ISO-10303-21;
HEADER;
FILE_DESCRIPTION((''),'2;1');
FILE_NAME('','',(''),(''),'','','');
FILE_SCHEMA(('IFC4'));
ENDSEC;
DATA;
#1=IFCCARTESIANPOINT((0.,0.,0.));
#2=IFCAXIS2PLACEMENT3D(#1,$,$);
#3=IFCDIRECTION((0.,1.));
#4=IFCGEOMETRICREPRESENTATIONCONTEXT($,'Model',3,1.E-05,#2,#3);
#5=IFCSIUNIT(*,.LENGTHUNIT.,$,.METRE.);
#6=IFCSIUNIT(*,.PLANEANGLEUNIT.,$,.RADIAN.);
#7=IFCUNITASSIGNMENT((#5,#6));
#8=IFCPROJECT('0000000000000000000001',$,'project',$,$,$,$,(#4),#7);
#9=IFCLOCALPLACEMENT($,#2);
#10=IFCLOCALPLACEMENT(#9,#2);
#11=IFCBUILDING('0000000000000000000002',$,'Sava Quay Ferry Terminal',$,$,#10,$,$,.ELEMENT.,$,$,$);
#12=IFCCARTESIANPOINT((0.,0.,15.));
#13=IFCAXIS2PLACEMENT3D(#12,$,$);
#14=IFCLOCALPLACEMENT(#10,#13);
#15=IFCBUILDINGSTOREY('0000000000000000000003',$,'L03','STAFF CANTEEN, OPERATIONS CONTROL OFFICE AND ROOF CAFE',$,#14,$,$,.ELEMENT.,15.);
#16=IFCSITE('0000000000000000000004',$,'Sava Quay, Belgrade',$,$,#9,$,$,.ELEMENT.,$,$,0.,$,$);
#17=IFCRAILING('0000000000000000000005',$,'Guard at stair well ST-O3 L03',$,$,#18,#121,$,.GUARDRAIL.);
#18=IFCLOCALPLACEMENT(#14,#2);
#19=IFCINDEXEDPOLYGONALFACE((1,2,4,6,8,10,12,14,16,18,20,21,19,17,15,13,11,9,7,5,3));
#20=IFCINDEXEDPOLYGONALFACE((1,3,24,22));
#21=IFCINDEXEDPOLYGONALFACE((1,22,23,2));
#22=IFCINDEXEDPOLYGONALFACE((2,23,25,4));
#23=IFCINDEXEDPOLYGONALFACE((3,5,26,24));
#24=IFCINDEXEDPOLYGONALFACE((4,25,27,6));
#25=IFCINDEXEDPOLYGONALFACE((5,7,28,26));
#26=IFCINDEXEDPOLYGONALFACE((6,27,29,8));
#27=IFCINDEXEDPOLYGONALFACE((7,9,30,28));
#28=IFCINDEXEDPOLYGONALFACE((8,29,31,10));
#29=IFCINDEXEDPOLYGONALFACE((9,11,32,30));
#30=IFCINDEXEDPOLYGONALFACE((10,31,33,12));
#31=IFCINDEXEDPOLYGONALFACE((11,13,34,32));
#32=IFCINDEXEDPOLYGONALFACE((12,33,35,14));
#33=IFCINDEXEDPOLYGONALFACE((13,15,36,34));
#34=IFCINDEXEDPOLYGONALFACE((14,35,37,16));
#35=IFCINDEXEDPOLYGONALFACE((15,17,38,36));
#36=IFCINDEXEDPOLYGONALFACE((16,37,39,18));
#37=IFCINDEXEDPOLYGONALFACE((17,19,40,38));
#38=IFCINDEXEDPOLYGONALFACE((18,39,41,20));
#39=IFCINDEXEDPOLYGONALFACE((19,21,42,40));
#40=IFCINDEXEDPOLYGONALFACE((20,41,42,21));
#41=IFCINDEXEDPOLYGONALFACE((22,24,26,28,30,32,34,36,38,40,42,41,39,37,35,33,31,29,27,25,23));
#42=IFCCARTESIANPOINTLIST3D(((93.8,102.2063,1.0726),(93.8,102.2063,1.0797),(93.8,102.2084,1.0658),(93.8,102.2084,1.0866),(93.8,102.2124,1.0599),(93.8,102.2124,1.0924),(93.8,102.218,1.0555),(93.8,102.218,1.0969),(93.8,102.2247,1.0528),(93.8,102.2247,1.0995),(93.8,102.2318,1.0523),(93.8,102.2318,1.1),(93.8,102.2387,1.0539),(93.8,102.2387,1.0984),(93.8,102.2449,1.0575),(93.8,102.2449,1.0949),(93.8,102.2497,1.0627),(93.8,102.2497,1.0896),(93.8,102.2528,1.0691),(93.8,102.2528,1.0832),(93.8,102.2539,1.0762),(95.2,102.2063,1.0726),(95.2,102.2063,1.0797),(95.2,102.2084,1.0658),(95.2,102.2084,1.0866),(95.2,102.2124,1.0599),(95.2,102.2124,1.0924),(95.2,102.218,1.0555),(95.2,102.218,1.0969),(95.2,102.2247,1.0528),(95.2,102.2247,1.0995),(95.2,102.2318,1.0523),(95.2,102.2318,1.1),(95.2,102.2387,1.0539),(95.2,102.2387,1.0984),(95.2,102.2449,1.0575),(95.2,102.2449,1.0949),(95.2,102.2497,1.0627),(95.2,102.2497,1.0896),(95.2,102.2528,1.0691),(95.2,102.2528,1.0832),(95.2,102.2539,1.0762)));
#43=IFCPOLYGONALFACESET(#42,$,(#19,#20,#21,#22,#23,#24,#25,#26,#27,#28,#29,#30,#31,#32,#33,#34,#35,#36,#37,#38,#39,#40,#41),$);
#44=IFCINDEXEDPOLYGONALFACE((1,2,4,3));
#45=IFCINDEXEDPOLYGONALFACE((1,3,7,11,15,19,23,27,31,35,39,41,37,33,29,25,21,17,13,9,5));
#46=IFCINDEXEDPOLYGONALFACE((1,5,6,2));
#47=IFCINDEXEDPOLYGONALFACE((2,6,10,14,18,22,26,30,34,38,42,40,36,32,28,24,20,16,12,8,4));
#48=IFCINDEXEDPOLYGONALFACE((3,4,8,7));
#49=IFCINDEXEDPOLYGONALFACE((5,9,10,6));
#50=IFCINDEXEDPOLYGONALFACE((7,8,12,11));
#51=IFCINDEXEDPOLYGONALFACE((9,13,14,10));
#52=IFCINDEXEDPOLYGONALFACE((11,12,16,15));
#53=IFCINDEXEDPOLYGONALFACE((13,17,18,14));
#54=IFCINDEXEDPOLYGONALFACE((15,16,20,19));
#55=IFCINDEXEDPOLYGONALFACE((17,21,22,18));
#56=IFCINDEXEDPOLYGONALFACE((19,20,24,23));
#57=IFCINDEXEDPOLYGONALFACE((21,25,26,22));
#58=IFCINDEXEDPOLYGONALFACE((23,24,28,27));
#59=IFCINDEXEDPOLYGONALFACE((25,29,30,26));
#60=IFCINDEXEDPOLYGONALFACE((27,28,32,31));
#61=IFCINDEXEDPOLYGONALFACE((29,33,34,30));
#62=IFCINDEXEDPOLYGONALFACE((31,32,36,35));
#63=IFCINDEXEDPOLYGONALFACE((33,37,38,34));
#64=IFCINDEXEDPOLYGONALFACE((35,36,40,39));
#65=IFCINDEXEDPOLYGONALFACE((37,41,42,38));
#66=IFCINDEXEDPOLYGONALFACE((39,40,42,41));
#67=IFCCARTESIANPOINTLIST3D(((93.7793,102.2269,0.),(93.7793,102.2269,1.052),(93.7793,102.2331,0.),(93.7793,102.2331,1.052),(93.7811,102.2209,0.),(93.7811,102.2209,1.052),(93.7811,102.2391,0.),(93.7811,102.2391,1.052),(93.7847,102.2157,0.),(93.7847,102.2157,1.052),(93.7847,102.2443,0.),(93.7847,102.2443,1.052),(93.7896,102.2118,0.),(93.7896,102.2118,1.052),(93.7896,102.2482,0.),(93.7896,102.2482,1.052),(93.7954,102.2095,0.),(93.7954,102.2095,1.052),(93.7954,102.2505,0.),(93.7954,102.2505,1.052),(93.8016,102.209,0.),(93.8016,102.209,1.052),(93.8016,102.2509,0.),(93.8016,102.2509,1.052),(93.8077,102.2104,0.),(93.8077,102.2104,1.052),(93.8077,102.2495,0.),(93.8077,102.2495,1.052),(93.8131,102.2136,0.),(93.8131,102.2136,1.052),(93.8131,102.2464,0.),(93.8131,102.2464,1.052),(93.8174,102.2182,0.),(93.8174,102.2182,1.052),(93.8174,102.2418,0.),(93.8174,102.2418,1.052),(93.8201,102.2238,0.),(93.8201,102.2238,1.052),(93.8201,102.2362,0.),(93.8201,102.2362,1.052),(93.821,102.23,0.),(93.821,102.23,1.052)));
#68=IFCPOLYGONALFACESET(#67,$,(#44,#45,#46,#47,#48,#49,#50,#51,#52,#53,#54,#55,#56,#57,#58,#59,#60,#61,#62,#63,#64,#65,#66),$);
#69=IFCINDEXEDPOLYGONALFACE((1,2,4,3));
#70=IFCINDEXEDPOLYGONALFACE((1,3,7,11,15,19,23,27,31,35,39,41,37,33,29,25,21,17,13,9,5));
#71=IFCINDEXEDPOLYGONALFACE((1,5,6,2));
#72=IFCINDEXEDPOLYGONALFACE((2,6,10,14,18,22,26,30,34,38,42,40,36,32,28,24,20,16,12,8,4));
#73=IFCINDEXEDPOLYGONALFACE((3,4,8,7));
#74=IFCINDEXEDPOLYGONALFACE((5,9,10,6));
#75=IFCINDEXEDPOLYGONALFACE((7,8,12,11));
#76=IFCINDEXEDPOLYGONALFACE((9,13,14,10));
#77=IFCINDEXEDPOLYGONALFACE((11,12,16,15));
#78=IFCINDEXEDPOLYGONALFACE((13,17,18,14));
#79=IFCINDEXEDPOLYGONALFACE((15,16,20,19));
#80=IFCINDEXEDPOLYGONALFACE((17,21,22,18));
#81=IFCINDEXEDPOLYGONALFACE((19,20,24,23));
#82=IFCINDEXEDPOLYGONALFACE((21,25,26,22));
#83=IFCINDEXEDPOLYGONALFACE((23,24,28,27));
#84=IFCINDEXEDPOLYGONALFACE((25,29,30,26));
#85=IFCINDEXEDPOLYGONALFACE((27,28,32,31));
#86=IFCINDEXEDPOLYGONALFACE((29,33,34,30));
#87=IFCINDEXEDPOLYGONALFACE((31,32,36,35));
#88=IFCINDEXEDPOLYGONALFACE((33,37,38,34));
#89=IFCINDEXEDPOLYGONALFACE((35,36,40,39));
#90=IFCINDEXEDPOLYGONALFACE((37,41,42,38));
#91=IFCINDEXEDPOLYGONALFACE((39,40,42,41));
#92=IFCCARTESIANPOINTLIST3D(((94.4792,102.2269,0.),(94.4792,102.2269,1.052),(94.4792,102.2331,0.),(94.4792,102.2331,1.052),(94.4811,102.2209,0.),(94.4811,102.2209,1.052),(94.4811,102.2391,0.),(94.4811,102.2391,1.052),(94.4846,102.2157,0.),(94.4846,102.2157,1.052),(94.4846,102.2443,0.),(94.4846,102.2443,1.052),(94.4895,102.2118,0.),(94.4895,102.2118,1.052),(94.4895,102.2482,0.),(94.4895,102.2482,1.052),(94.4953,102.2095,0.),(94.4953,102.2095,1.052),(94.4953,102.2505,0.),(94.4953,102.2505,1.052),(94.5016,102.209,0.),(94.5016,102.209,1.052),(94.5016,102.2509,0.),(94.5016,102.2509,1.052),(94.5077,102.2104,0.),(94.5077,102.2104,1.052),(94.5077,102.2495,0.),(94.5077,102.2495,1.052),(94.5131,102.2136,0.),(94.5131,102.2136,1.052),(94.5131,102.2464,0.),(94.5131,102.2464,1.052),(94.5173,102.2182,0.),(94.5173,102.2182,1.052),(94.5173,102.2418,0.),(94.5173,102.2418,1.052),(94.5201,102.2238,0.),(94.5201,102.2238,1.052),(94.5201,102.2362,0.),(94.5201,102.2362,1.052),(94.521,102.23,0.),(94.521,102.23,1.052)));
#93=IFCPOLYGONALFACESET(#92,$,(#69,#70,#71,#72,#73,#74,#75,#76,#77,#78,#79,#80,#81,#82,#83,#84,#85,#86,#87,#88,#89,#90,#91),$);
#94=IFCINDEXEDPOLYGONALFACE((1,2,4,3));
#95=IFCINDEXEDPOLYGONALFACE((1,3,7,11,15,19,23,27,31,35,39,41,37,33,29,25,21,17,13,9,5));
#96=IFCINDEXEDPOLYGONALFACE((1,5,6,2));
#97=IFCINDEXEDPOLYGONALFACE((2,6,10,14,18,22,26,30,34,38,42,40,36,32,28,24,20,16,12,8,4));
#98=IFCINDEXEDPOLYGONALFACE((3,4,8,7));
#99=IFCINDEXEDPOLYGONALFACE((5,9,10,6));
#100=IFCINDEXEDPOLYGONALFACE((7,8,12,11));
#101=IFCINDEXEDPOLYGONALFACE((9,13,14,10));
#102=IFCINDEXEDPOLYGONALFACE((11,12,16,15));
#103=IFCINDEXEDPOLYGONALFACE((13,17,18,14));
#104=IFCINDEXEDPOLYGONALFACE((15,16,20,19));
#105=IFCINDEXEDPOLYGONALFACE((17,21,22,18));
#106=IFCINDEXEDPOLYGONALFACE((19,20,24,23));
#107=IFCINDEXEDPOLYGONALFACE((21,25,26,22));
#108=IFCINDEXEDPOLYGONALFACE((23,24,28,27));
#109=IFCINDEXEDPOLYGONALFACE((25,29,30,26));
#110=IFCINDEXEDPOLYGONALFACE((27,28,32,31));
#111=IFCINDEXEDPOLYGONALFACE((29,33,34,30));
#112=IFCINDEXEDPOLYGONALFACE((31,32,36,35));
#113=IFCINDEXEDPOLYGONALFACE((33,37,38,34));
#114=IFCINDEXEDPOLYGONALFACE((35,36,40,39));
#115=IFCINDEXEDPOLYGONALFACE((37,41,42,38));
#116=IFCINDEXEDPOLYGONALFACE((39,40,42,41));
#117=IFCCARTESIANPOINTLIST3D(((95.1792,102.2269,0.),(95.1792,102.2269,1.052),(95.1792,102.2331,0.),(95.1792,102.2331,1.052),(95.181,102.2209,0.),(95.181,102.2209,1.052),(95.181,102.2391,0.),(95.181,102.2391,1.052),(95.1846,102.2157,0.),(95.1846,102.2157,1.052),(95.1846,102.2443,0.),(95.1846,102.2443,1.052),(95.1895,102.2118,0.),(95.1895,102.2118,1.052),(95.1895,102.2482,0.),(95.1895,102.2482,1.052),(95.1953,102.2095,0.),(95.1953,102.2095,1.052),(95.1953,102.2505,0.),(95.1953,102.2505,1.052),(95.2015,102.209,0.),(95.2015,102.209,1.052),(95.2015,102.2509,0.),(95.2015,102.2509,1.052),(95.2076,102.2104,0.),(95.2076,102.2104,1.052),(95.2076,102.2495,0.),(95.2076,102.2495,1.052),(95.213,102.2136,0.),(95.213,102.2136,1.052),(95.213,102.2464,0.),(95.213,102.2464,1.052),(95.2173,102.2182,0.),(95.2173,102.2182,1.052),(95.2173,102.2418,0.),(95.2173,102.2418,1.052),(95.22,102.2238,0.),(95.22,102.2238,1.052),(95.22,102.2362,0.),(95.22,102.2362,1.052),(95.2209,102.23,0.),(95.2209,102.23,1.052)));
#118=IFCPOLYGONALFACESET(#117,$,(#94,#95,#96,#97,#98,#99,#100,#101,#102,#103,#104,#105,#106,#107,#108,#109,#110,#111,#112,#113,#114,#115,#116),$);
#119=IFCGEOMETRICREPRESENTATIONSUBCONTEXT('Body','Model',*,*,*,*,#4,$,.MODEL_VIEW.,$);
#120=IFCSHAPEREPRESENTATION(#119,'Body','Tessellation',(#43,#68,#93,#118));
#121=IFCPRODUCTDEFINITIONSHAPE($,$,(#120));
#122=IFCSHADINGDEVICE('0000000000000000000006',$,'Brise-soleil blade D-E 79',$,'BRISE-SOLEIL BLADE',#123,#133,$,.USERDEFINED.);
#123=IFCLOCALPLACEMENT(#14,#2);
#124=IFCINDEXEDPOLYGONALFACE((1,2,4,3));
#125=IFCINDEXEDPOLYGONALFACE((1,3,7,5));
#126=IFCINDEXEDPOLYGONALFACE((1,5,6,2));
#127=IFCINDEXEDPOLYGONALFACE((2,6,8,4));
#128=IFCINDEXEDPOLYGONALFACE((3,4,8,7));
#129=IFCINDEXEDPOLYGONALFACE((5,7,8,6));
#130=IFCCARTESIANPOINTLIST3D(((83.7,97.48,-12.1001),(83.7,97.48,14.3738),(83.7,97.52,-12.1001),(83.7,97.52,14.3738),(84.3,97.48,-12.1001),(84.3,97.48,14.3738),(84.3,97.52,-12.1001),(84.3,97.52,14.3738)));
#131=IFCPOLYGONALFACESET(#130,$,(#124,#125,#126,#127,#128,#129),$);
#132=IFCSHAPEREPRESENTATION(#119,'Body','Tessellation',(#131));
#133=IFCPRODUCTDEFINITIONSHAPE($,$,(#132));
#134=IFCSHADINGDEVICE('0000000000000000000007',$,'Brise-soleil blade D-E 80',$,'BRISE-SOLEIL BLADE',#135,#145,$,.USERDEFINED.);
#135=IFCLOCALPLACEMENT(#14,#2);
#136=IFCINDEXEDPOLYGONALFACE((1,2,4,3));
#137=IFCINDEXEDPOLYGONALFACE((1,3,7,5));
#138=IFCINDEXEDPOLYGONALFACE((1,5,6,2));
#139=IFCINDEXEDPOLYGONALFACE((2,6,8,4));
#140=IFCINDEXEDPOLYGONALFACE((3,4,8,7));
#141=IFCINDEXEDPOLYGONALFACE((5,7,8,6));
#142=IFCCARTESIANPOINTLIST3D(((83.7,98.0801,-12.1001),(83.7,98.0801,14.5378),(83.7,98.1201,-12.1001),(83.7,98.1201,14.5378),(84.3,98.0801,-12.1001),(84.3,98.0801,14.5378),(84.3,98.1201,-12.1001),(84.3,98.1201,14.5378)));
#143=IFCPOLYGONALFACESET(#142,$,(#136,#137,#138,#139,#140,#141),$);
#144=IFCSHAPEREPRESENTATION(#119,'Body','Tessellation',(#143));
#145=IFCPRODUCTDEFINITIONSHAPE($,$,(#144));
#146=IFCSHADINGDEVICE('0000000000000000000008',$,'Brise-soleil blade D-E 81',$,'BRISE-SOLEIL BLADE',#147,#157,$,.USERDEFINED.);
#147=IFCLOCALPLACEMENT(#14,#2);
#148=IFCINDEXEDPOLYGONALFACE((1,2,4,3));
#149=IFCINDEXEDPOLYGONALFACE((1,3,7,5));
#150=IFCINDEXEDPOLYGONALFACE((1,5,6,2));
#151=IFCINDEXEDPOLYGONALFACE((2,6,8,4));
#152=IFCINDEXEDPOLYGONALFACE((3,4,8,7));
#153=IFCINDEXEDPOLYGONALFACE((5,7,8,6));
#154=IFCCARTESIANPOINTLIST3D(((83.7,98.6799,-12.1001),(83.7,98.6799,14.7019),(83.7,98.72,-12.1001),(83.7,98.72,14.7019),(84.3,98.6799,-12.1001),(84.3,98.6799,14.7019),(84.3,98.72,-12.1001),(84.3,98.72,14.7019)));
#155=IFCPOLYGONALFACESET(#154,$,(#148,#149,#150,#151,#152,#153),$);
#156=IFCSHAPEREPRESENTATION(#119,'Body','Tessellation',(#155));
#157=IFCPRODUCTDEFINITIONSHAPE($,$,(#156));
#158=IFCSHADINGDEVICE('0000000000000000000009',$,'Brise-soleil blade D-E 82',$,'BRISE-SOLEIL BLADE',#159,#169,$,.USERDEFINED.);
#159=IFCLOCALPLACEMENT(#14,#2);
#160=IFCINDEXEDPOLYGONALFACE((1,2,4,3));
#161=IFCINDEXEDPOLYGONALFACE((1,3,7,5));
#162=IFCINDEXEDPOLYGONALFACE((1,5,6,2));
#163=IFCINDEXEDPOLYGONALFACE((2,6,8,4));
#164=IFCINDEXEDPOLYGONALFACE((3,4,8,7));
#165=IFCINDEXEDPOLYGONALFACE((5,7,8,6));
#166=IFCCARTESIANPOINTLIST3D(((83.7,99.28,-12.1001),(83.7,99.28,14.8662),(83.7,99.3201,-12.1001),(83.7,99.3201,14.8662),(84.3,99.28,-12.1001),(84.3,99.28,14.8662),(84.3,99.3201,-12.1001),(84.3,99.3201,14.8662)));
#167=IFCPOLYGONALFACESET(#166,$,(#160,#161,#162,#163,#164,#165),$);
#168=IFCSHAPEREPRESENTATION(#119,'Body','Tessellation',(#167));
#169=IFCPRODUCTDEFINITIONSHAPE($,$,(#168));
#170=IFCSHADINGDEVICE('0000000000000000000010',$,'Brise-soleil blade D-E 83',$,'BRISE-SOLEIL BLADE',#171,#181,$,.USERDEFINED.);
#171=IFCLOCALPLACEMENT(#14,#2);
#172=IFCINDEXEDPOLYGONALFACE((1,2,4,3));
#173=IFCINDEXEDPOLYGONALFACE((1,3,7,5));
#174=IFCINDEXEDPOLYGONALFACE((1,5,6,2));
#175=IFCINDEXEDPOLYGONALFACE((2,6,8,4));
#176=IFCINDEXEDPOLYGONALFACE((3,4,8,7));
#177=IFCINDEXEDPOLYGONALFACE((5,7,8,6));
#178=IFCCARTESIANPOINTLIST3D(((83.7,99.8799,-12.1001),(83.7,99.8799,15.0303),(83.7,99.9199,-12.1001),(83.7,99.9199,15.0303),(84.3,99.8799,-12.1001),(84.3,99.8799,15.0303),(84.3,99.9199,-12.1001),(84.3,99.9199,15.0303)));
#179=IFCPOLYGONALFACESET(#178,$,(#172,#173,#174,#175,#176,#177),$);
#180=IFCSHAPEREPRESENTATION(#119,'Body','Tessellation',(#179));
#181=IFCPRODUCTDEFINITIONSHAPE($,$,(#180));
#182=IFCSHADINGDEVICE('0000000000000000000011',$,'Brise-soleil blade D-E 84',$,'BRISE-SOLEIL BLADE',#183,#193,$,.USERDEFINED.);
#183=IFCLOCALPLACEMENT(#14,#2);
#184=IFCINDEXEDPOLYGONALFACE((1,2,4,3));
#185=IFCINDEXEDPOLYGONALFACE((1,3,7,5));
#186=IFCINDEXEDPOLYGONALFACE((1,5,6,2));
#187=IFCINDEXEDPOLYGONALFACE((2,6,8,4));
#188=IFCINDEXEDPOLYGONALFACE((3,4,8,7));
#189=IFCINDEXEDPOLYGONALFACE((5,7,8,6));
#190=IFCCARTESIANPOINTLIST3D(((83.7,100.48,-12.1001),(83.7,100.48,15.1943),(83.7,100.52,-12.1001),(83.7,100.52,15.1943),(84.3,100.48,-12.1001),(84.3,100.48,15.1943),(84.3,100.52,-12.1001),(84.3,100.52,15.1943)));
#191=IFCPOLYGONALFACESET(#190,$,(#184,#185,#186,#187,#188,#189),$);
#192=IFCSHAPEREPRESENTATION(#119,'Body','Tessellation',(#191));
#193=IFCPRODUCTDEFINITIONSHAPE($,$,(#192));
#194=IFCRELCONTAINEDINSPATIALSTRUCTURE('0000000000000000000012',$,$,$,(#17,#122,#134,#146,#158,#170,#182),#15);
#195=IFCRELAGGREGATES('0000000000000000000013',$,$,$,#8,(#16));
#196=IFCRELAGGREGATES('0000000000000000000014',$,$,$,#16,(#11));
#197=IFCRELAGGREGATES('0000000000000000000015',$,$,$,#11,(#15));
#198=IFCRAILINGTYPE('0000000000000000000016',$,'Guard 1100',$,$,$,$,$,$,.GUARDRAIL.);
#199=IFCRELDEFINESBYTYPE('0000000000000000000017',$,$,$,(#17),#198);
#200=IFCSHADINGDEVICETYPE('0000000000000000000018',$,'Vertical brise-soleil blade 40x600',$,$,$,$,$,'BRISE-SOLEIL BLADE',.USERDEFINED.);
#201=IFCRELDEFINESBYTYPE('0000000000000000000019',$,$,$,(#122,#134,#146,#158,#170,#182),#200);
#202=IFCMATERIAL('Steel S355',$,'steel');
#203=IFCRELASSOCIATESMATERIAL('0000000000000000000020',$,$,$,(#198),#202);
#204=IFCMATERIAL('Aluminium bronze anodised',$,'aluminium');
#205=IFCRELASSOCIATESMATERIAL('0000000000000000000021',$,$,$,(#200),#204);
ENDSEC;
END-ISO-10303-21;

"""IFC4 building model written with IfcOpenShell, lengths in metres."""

from ifc_helpers import new_model, si_unit, direction, frame, origin, origin_2d, place, context, subcontext, project, spatial, rectangle, circle, extrude, material, material_profile, profile_set, type_object, element, save


model = new_model("IFC4")

# Units and contexts
model_context = context("Model", 3, precision=1e-05, world=origin(), true_north=direction((0.0, 1.0)))
body_context = subcontext(model_context, "Body", "Model", "MODEL_VIEW")
ifc_project = project(units=[si_unit("LENGTHUNIT", "METRE"), si_unit("PLANEANGLEUNIT", "RADIAN")], contexts=[model_context])

# Site, building, storey
site_placement = place(None, origin())
site = spatial("IfcSite", under=ifc_project, at=site_placement, Name="Sava Quay, Belgrade", CompositionType="ELEMENT", RefElevation=0.0)
building_placement = place(site_placement, origin())
building = spatial("IfcBuilding", under=site, at=building_placement, Name="Sava Quay Ferry Terminal", CompositionType="ELEMENT")
storey_placement = place(building_placement, frame((0.0, 0.0, 15.0)))
storey = spatial("IfcBuildingStorey", under=building, at=storey_placement, Name="L03", Description="STAFF CANTEEN, OPERATIONS CONTROL OFFICE AND ROOF CAFE", CompositionType="ELEMENT", Elevation=15.0)

# Railing
ifc_material_1 = material(Name="Steel S355", Category="steel")
railing_type = type_object("IfcRailingType", Name="Guard 1100", PredefinedType="GUARDRAIL", material=ifc_material_1)
railing_1_placement = place(storey_placement, frame((93.8, 102.23, 0.0)))
element("IfcRailing", 1, at=railing_1_placement, inside=storey, type_object=railing_type, Name="Guard at stair well ST-O3 L03", PredefinedType="GUARDRAIL", context=body_context, shape_type="SweptSolid", body=[
    extrude(circle(Radius=0.0239, at=origin_2d()), frame((0.0, 0.0, 1.0762), z_axis=(1.0, 0.0, 0.0), x_axis=(0.0, 1.0, 0.0)), (0.0, 0.0, 1.0), 1.3999),
    extrude(circle(Radius=0.021, at=origin_2d()), origin(), (0.0, 0.0, 1.0), 1.052),
    extrude(circle(Radius=0.021, at=origin_2d()), frame((0.7, 0.0, 0.0)), (0.0, 0.0, 1.0), 1.052),
    extrude(circle(Radius=0.021, at=origin_2d()), frame((1.3999, 0.0, 0.0)), (0.0, 0.0, 1.0), 1.052),
])

# Shading devices
ifc_material_2 = material(Name="Aluminium bronze anodised", Category="aluminium")
ifc_material_profile_1 = material_profile(ifc_material_2, rectangle(XDim=0.04, YDim=0.6001, at=origin_2d()), Name="Vertical brise-soleil blade 40x600")
ifc_profile_set_1 = profile_set([ifc_material_profile_1], Name="Aluminium bronze anodised")
shading_device_type = type_object("IfcShadingDeviceType", Name="Vertical brise-soleil blade 40x600", ElementType="BRISE-SOLEIL BLADE", PredefinedType="USERDEFINED", material=ifc_profile_set_1)
shading_device_1_placement = place(storey_placement, frame((84.0, 97.5, -12.1001), z_axis=(0.0, 0.0, 1.0), x_axis=(0.0, 1.0, 0.0)))
element("IfcShadingDevice", 2, at=shading_device_1_placement, inside=storey, type_object=shading_device_type, Name="Brise-soleil blade D-E 79", ObjectType="BRISE-SOLEIL BLADE", PredefinedType="USERDEFINED", context=body_context, shape_type="SweptSolid", body=[
    extrude(rectangle(XDim=0.04, YDim=0.6001, at=origin_2d()), origin(), (0.0, 0.0, 1.0), 26.4739),
])
shading_device_2_placement = place(storey_placement, frame((84.0, 98.1001, -12.1001), z_axis=(0.0, 0.0, 1.0), x_axis=(0.0, 1.0, 0.0)))
element("IfcShadingDevice", 3, at=shading_device_2_placement, inside=storey, type_object=shading_device_type, Name="Brise-soleil blade D-E 80", ObjectType="BRISE-SOLEIL BLADE", PredefinedType="USERDEFINED", context=body_context, shape_type="SweptSolid", body=[
    extrude(rectangle(XDim=0.04, YDim=0.6001, at=origin_2d()), origin(), (0.0, 0.0, 1.0), 26.6379),
])
shading_device_3_placement = place(storey_placement, frame((84.0, 98.7, -12.1001), z_axis=(0.0, 0.0, 1.0), x_axis=(0.0, 1.0, 0.0)))
element("IfcShadingDevice", 4, at=shading_device_3_placement, inside=storey, type_object=shading_device_type, Name="Brise-soleil blade D-E 81", ObjectType="BRISE-SOLEIL BLADE", PredefinedType="USERDEFINED", context=body_context, shape_type="SweptSolid", body=[
    extrude(rectangle(XDim=0.04, YDim=0.6001, at=origin_2d()), origin(), (0.0, 0.0, 1.0), 26.802),
])
shading_device_4_placement = place(storey_placement, frame((84.0, 99.3, -12.1001), z_axis=(0.0, 0.0, 1.0), x_axis=(0.0, 1.0, 0.0)))
element("IfcShadingDevice", 5, at=shading_device_4_placement, inside=storey, type_object=shading_device_type, Name="Brise-soleil blade D-E 82", ObjectType="BRISE-SOLEIL BLADE", PredefinedType="USERDEFINED", context=body_context, shape_type="SweptSolid", body=[
    extrude(rectangle(XDim=0.04, YDim=0.6001, at=origin_2d()), origin(), (0.0, 0.0, 1.0), 26.9663),
])
shading_device_5_placement = place(storey_placement, frame((84.0, 99.8999, -12.1001), z_axis=(0.0, 0.0, 1.0), x_axis=(0.0, 1.0, 0.0)))
element("IfcShadingDevice", 6, at=shading_device_5_placement, inside=storey, type_object=shading_device_type, Name="Brise-soleil blade D-E 83", ObjectType="BRISE-SOLEIL BLADE", PredefinedType="USERDEFINED", context=body_context, shape_type="SweptSolid", body=[
    extrude(rectangle(XDim=0.04, YDim=0.6001, at=origin_2d()), origin(), (0.0, 0.0, 1.0), 27.1304),
])
shading_device_6_placement = place(storey_placement, frame((84.0, 100.5, -12.1001), z_axis=(0.0, 0.0, 1.0), x_axis=(0.0, 1.0, 0.0)))
element("IfcShadingDevice", 7, at=shading_device_6_placement, inside=storey, type_object=shading_device_type, Name="Brise-soleil blade D-E 84", ObjectType="BRISE-SOLEIL BLADE", PredefinedType="USERDEFINED", context=body_context, shape_type="SweptSolid", body=[
    extrude(rectangle(XDim=0.04, YDim=0.6001, at=origin_2d()), origin(), (0.0, 0.0, 1.0), 27.2944),
])

save(model, "model.ifc")
